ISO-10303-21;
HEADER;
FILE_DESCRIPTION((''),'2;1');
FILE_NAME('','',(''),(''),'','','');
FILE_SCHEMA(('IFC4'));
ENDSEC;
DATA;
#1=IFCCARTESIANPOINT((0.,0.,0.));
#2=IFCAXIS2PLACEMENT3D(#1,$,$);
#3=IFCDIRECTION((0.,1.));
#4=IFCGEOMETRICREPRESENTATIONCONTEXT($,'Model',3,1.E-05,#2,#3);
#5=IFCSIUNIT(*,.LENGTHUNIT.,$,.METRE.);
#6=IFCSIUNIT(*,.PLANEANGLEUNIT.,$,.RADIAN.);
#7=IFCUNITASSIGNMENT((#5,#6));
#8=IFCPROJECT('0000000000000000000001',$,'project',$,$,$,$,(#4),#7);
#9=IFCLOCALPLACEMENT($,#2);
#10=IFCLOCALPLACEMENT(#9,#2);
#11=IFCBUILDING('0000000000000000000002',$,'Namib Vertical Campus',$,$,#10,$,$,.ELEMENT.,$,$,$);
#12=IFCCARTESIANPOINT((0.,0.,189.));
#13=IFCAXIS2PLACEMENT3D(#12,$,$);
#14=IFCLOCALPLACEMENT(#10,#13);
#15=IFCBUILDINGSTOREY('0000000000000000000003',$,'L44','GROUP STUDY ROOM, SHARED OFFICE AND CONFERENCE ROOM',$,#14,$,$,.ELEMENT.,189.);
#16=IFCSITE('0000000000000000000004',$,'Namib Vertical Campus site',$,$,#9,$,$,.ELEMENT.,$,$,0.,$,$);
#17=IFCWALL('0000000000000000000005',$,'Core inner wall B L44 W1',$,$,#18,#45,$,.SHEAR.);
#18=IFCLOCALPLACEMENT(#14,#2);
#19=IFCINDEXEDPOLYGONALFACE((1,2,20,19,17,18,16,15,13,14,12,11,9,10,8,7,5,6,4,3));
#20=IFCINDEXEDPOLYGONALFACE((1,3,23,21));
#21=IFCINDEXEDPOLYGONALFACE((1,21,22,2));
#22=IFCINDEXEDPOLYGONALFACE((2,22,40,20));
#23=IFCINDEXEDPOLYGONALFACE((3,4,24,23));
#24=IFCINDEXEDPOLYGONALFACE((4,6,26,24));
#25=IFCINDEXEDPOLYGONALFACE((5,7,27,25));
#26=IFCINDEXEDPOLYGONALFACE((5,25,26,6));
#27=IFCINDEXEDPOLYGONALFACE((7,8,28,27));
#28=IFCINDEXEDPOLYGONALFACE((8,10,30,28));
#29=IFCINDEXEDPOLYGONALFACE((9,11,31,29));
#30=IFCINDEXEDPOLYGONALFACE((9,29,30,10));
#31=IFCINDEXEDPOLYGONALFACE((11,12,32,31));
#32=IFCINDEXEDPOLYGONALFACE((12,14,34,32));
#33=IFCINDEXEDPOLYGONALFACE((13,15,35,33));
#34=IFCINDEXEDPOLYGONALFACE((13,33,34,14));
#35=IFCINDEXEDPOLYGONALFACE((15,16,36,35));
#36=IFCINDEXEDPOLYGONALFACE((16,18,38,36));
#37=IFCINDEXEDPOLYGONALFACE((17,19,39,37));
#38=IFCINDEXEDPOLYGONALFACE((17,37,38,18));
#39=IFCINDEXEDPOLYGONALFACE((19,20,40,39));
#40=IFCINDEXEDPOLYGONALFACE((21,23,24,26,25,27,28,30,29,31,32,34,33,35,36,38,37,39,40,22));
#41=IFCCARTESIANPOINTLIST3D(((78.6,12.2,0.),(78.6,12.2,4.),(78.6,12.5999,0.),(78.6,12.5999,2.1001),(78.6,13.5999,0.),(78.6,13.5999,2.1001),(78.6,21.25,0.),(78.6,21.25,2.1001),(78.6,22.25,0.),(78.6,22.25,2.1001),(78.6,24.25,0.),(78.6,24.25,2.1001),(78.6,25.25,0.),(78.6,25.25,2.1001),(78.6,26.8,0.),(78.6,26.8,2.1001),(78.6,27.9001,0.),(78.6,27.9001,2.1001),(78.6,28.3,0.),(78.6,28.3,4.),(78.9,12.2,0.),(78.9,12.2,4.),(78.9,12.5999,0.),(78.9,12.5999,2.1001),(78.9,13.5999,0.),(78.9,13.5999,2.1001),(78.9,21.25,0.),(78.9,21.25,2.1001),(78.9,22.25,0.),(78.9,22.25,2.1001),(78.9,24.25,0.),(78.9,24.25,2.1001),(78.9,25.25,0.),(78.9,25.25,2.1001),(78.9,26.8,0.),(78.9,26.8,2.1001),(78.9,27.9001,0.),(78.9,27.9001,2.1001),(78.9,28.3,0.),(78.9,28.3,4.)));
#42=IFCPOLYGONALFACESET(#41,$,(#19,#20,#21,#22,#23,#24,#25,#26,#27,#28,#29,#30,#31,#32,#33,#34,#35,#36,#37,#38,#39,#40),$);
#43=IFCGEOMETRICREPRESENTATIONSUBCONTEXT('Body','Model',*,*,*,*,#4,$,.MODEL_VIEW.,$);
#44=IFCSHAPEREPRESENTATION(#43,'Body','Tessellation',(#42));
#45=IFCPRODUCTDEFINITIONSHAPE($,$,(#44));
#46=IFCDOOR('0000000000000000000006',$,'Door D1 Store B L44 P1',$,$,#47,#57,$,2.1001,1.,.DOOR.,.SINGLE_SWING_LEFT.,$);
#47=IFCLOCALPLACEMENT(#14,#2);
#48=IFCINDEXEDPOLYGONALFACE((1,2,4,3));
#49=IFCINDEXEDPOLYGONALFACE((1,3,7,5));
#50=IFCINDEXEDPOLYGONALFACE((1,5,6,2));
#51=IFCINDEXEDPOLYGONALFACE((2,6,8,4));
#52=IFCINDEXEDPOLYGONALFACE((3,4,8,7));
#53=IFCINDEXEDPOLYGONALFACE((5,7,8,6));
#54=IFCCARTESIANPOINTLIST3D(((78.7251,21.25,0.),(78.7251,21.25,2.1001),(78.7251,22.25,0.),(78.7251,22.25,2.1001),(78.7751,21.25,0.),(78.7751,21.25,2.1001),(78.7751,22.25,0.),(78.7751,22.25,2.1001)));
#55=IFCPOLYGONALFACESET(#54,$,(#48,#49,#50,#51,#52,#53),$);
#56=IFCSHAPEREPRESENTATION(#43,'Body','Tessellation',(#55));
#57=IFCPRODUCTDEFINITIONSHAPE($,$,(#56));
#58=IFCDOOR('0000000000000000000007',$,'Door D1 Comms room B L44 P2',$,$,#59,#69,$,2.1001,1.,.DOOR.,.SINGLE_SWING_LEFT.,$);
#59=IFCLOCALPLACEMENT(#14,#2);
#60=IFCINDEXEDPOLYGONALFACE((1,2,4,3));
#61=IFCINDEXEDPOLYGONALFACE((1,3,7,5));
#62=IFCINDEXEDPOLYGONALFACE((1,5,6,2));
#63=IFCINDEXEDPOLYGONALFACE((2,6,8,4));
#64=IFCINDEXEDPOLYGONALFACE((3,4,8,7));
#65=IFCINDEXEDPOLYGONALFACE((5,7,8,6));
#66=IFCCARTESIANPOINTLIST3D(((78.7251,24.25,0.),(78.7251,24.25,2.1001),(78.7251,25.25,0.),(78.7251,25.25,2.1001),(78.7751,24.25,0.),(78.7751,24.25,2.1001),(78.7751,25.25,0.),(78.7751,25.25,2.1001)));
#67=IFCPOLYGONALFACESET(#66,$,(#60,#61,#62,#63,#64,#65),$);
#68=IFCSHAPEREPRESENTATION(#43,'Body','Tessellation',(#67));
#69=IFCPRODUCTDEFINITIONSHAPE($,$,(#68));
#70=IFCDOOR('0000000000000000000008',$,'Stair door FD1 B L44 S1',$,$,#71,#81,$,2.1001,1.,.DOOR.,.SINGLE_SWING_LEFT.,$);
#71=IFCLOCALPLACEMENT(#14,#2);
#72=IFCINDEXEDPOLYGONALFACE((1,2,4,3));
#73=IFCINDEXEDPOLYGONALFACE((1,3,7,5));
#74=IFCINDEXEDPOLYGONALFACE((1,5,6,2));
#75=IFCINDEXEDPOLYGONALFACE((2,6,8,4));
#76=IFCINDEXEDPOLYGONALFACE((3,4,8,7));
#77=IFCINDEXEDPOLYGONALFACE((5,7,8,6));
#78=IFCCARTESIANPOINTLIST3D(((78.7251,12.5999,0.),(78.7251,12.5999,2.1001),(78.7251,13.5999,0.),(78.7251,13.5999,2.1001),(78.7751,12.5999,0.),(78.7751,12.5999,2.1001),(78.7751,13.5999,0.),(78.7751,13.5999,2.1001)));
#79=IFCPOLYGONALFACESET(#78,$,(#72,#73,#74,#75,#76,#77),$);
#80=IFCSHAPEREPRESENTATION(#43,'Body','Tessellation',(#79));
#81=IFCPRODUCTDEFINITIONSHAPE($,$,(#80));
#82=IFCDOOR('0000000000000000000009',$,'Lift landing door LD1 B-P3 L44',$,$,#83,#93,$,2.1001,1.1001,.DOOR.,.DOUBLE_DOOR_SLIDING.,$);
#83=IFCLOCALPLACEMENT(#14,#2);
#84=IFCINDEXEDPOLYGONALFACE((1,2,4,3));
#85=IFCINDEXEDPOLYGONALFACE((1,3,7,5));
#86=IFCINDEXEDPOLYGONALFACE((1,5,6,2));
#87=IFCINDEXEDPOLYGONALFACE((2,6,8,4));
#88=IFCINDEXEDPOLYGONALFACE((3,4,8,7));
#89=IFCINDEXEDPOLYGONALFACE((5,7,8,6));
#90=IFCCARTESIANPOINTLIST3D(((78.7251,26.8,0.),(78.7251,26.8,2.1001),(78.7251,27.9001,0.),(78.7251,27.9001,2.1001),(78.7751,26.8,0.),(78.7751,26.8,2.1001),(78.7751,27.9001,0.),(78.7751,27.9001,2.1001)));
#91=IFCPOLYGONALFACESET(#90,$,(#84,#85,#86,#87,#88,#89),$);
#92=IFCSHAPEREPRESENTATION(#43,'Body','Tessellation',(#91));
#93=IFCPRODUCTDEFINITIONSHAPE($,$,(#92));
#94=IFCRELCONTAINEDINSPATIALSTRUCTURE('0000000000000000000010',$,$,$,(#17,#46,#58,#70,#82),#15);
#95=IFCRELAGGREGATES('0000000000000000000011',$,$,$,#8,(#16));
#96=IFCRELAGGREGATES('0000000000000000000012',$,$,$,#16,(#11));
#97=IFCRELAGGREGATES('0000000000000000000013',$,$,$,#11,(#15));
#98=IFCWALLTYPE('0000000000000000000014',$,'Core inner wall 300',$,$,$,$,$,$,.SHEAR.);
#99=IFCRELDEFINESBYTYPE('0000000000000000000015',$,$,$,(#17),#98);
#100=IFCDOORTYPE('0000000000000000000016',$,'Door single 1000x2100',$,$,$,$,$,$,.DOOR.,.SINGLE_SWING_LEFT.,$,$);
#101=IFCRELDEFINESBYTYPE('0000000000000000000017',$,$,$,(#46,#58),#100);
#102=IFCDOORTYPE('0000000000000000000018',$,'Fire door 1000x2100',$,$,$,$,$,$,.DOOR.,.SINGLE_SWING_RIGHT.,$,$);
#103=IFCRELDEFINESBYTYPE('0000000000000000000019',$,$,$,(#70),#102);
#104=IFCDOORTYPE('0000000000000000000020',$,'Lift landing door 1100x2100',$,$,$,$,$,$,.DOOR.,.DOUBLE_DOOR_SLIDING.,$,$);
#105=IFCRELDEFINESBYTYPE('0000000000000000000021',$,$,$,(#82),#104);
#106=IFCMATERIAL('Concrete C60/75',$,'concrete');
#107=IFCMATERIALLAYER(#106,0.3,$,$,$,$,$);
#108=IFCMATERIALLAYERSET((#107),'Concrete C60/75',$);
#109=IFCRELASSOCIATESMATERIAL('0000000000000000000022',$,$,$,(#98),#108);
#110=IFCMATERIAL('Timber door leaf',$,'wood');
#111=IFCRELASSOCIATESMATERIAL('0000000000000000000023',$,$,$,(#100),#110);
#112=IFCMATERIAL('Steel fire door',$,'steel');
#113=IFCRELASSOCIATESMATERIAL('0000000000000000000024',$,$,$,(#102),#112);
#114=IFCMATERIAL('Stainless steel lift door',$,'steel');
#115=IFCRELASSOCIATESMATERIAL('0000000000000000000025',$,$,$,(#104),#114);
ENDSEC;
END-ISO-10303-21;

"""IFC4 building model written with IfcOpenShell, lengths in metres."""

from ifc_helpers import new_model, si_unit, direction, frame, frame_2d, origin, place, context, subcontext, project, spatial, rectangle, extrude, material, layer, layer_set, type_object, element, fill, save


model = new_model("IFC4")

# Units and contexts
model_context = context("Model", 3, precision=1e-05, world=origin(), true_north=direction((0.0, 1.0)))
body_context = subcontext(model_context, "Body", "Model", "MODEL_VIEW")
ifc_project = project(units=[si_unit("LENGTHUNIT", "METRE"), si_unit("PLANEANGLEUNIT", "RADIAN")], contexts=[model_context])

# Site, building, storey
site_placement = place(None, origin())
site = spatial("IfcSite", under=ifc_project, at=site_placement, Name="Namib Vertical Campus site", CompositionType="ELEMENT", RefElevation=0.0)
building_placement = place(site_placement, origin())
building = spatial("IfcBuilding", under=site, at=building_placement, Name="Namib Vertical Campus", CompositionType="ELEMENT")
storey_placement = place(building_placement, frame((0.0, 0.0, 189.0)))
storey = spatial("IfcBuildingStorey", under=building, at=storey_placement, Name="L44", Description="GROUP STUDY ROOM, SHARED OFFICE AND CONFERENCE ROOM", CompositionType="ELEMENT", Elevation=189.0)

# Wall, openings, doors
ifc_material_1 = material(Name="Concrete C60/75", Category="concrete")
ifc_layer_1 = layer(ifc_material_1, 0.3)
ifc_layer_set_1 = layer_set([ifc_layer_1], Name="Concrete C60/75")
wall_type_1 = type_object("IfcWallType", Name="Core inner wall 300", PredefinedType="SHEAR", material=ifc_layer_set_1)
wall_1_placement = place(storey_placement, frame((78.75, 12.2, 0.0), z_axis=(0.0, 0.0, 1.0), x_axis=(0.0, 1.0, 0.0)))
wall_1 = element("IfcWall", 1, at=wall_1_placement, inside=storey, type_object=wall_type_1, Name="Core inner wall B L44 W1", PredefinedType="SHEAR", context=body_context, shape_type="SweptSolid", body=[
    extrude(rectangle(XDim=16.1001, YDim=0.3, at=frame_2d((8.05, 0.0))), origin(), (0.0, 0.0, 1.0), 4.0),
])
opening_1_placement = place(wall_1_placement, frame((0.3999, 0.0, 0.0)))
opening_1 = element("IfcOpeningElement", 2, at=opening_1_placement, cuts=wall_1, PredefinedType="OPENING", context=body_context, shape_type="SweptSolid", body=[
    extrude(rectangle(XDim=1.0, YDim=2.1001, at=frame_2d((0.5, 1.05))), frame((0.0, 0.1599, 0.0), z_axis=(0.0, -1.0, 0.0), x_axis=(1.0, 0.0, 0.0)), (0.0, 0.0, 1.0), 0.3201),
])
opening_2_placement = place(wall_1_placement, frame((14.6001, 0.0, 0.0)))
opening_2 = element("IfcOpeningElement", 3, at=opening_2_placement, cuts=wall_1, PredefinedType="OPENING", context=body_context, shape_type="SweptSolid", body=[
    extrude(rectangle(XDim=1.1001, YDim=2.1001, at=frame_2d((0.55, 1.05))), frame((0.0, 0.1599, 0.0), z_axis=(0.0, -1.0, 0.0), x_axis=(1.0, 0.0, 0.0)), (0.0, 0.0, 1.0), 0.3201),
])
opening_3_placement = place(wall_1_placement, frame((9.05, 0.0, 0.0)))
opening_3 = element("IfcOpeningElement", 4, at=opening_3_placement, cuts=wall_1, PredefinedType="OPENING", context=body_context, shape_type="SweptSolid", body=[
    extrude(rectangle(XDim=1.0, YDim=2.1001, at=frame_2d((0.5, 1.05))), frame((0.0, 0.1599, 0.0), z_axis=(0.0, -1.0, 0.0), x_axis=(1.0, 0.0, 0.0)), (0.0, 0.0, 1.0), 0.3201),
])
opening_4_placement = place(wall_1_placement, frame((12.05, 0.0, 0.0)))
opening_4 = element("IfcOpeningElement", 5, at=opening_4_placement, cuts=wall_1, PredefinedType="OPENING", context=body_context, shape_type="SweptSolid", body=[
    extrude(rectangle(XDim=1.0, YDim=2.1001, at=frame_2d((0.5, 1.05))), frame((0.0, 0.1599, 0.0), z_axis=(0.0, -1.0, 0.0), x_axis=(1.0, 0.0, 0.0)), (0.0, 0.0, 1.0), 0.3201),
])
ifc_material_2 = material(Name="Timber door leaf", Category="wood")
door_type_1 = type_object("IfcDoorType", Name="Door single 1000x2100", OperationType="SINGLE_SWING_LEFT", PredefinedType="DOOR", material=ifc_material_2)
door_1_placement = place(opening_3_placement, origin())
door_1 = element("IfcDoor", 6, at=door_1_placement, inside=storey, type_object=door_type_1, Name="Door D1 Store B L44 P1", OperationType="SINGLE_SWING_LEFT", OverallHeight=2.1001, OverallWidth=1.0, PredefinedType="DOOR", context=body_context, shape_type="SweptSolid", body=[
    extrude(rectangle(XDim=1.0, YDim=2.1001, at=frame_2d((0.5, 1.05))), frame((0.0, 0.0249, 0.0), z_axis=(0.0, -1.0, 0.0), x_axis=(1.0, 0.0, 0.0)), (0.0, 0.0, 1.0), 0.05),
])
fill(opening_3, door_1)
door_2_placement = place(opening_4_placement, origin())
door_2 = element("IfcDoor", 7, at=door_2_placement, inside=storey, type_object=door_type_1, Name="Door D1 Comms room B L44 P2", OperationType="SINGLE_SWING_LEFT", OverallHeight=2.1001, OverallWidth=1.0, PredefinedType="DOOR", context=body_context, shape_type="SweptSolid", body=[
    extrude(rectangle(XDim=1.0, YDim=2.1001, at=frame_2d((0.5, 1.05))), frame((0.0, 0.0249, 0.0), z_axis=(0.0, -1.0, 0.0), x_axis=(1.0, 0.0, 0.0)), (0.0, 0.0, 1.0), 0.05),
])
fill(opening_4, door_2)
ifc_material_3 = material(Name="Steel fire door", Category="steel")
door_type_2 = type_object("IfcDoorType", Name="Fire door 1000x2100", OperationType="SINGLE_SWING_RIGHT", PredefinedType="DOOR", material=ifc_material_3)
door_3_placement = place(opening_1_placement, origin())
door_3 = element("IfcDoor", 8, at=door_3_placement, inside=storey, type_object=door_type_2, Name="Stair door FD1 B L44 S1", OperationType="SINGLE_SWING_LEFT", OverallHeight=2.1001, OverallWidth=1.0, PredefinedType="DOOR", context=body_context, shape_type="SweptSolid", body=[
    extrude(rectangle(XDim=1.0, YDim=2.1001, at=frame_2d((0.5, 1.05))), frame((0.0, 0.0249, 0.0), z_axis=(0.0, -1.0, 0.0), x_axis=(1.0, 0.0, 0.0)), (0.0, 0.0, 1.0), 0.05),
])
fill(opening_1, door_3)
ifc_material_4 = material(Name="Stainless steel lift door", Category="steel")
door_type_3 = type_object("IfcDoorType", Name="Lift landing door 1100x2100", OperationType="DOUBLE_DOOR_SLIDING", PredefinedType="DOOR", material=ifc_material_4)
door_4_placement = place(opening_2_placement, origin())
door_4 = element("IfcDoor", 9, at=door_4_placement, inside=storey, type_object=door_type_3, Name="Lift landing door LD1 B-P3 L44", OperationType="DOUBLE_DOOR_SLIDING", OverallHeight=2.1001, OverallWidth=1.1001, PredefinedType="DOOR", context=body_context, shape_type="SweptSolid", body=[
    extrude(rectangle(XDim=1.1001, YDim=2.1001, at=frame_2d((0.55, 1.05))), frame((0.0, 0.0249, 0.0), z_axis=(0.0, -1.0, 0.0), x_axis=(1.0, 0.0, 0.0)), (0.0, 0.0, 1.0), 0.05),
])
fill(opening_2, door_4)

save(model, "model.ifc")
